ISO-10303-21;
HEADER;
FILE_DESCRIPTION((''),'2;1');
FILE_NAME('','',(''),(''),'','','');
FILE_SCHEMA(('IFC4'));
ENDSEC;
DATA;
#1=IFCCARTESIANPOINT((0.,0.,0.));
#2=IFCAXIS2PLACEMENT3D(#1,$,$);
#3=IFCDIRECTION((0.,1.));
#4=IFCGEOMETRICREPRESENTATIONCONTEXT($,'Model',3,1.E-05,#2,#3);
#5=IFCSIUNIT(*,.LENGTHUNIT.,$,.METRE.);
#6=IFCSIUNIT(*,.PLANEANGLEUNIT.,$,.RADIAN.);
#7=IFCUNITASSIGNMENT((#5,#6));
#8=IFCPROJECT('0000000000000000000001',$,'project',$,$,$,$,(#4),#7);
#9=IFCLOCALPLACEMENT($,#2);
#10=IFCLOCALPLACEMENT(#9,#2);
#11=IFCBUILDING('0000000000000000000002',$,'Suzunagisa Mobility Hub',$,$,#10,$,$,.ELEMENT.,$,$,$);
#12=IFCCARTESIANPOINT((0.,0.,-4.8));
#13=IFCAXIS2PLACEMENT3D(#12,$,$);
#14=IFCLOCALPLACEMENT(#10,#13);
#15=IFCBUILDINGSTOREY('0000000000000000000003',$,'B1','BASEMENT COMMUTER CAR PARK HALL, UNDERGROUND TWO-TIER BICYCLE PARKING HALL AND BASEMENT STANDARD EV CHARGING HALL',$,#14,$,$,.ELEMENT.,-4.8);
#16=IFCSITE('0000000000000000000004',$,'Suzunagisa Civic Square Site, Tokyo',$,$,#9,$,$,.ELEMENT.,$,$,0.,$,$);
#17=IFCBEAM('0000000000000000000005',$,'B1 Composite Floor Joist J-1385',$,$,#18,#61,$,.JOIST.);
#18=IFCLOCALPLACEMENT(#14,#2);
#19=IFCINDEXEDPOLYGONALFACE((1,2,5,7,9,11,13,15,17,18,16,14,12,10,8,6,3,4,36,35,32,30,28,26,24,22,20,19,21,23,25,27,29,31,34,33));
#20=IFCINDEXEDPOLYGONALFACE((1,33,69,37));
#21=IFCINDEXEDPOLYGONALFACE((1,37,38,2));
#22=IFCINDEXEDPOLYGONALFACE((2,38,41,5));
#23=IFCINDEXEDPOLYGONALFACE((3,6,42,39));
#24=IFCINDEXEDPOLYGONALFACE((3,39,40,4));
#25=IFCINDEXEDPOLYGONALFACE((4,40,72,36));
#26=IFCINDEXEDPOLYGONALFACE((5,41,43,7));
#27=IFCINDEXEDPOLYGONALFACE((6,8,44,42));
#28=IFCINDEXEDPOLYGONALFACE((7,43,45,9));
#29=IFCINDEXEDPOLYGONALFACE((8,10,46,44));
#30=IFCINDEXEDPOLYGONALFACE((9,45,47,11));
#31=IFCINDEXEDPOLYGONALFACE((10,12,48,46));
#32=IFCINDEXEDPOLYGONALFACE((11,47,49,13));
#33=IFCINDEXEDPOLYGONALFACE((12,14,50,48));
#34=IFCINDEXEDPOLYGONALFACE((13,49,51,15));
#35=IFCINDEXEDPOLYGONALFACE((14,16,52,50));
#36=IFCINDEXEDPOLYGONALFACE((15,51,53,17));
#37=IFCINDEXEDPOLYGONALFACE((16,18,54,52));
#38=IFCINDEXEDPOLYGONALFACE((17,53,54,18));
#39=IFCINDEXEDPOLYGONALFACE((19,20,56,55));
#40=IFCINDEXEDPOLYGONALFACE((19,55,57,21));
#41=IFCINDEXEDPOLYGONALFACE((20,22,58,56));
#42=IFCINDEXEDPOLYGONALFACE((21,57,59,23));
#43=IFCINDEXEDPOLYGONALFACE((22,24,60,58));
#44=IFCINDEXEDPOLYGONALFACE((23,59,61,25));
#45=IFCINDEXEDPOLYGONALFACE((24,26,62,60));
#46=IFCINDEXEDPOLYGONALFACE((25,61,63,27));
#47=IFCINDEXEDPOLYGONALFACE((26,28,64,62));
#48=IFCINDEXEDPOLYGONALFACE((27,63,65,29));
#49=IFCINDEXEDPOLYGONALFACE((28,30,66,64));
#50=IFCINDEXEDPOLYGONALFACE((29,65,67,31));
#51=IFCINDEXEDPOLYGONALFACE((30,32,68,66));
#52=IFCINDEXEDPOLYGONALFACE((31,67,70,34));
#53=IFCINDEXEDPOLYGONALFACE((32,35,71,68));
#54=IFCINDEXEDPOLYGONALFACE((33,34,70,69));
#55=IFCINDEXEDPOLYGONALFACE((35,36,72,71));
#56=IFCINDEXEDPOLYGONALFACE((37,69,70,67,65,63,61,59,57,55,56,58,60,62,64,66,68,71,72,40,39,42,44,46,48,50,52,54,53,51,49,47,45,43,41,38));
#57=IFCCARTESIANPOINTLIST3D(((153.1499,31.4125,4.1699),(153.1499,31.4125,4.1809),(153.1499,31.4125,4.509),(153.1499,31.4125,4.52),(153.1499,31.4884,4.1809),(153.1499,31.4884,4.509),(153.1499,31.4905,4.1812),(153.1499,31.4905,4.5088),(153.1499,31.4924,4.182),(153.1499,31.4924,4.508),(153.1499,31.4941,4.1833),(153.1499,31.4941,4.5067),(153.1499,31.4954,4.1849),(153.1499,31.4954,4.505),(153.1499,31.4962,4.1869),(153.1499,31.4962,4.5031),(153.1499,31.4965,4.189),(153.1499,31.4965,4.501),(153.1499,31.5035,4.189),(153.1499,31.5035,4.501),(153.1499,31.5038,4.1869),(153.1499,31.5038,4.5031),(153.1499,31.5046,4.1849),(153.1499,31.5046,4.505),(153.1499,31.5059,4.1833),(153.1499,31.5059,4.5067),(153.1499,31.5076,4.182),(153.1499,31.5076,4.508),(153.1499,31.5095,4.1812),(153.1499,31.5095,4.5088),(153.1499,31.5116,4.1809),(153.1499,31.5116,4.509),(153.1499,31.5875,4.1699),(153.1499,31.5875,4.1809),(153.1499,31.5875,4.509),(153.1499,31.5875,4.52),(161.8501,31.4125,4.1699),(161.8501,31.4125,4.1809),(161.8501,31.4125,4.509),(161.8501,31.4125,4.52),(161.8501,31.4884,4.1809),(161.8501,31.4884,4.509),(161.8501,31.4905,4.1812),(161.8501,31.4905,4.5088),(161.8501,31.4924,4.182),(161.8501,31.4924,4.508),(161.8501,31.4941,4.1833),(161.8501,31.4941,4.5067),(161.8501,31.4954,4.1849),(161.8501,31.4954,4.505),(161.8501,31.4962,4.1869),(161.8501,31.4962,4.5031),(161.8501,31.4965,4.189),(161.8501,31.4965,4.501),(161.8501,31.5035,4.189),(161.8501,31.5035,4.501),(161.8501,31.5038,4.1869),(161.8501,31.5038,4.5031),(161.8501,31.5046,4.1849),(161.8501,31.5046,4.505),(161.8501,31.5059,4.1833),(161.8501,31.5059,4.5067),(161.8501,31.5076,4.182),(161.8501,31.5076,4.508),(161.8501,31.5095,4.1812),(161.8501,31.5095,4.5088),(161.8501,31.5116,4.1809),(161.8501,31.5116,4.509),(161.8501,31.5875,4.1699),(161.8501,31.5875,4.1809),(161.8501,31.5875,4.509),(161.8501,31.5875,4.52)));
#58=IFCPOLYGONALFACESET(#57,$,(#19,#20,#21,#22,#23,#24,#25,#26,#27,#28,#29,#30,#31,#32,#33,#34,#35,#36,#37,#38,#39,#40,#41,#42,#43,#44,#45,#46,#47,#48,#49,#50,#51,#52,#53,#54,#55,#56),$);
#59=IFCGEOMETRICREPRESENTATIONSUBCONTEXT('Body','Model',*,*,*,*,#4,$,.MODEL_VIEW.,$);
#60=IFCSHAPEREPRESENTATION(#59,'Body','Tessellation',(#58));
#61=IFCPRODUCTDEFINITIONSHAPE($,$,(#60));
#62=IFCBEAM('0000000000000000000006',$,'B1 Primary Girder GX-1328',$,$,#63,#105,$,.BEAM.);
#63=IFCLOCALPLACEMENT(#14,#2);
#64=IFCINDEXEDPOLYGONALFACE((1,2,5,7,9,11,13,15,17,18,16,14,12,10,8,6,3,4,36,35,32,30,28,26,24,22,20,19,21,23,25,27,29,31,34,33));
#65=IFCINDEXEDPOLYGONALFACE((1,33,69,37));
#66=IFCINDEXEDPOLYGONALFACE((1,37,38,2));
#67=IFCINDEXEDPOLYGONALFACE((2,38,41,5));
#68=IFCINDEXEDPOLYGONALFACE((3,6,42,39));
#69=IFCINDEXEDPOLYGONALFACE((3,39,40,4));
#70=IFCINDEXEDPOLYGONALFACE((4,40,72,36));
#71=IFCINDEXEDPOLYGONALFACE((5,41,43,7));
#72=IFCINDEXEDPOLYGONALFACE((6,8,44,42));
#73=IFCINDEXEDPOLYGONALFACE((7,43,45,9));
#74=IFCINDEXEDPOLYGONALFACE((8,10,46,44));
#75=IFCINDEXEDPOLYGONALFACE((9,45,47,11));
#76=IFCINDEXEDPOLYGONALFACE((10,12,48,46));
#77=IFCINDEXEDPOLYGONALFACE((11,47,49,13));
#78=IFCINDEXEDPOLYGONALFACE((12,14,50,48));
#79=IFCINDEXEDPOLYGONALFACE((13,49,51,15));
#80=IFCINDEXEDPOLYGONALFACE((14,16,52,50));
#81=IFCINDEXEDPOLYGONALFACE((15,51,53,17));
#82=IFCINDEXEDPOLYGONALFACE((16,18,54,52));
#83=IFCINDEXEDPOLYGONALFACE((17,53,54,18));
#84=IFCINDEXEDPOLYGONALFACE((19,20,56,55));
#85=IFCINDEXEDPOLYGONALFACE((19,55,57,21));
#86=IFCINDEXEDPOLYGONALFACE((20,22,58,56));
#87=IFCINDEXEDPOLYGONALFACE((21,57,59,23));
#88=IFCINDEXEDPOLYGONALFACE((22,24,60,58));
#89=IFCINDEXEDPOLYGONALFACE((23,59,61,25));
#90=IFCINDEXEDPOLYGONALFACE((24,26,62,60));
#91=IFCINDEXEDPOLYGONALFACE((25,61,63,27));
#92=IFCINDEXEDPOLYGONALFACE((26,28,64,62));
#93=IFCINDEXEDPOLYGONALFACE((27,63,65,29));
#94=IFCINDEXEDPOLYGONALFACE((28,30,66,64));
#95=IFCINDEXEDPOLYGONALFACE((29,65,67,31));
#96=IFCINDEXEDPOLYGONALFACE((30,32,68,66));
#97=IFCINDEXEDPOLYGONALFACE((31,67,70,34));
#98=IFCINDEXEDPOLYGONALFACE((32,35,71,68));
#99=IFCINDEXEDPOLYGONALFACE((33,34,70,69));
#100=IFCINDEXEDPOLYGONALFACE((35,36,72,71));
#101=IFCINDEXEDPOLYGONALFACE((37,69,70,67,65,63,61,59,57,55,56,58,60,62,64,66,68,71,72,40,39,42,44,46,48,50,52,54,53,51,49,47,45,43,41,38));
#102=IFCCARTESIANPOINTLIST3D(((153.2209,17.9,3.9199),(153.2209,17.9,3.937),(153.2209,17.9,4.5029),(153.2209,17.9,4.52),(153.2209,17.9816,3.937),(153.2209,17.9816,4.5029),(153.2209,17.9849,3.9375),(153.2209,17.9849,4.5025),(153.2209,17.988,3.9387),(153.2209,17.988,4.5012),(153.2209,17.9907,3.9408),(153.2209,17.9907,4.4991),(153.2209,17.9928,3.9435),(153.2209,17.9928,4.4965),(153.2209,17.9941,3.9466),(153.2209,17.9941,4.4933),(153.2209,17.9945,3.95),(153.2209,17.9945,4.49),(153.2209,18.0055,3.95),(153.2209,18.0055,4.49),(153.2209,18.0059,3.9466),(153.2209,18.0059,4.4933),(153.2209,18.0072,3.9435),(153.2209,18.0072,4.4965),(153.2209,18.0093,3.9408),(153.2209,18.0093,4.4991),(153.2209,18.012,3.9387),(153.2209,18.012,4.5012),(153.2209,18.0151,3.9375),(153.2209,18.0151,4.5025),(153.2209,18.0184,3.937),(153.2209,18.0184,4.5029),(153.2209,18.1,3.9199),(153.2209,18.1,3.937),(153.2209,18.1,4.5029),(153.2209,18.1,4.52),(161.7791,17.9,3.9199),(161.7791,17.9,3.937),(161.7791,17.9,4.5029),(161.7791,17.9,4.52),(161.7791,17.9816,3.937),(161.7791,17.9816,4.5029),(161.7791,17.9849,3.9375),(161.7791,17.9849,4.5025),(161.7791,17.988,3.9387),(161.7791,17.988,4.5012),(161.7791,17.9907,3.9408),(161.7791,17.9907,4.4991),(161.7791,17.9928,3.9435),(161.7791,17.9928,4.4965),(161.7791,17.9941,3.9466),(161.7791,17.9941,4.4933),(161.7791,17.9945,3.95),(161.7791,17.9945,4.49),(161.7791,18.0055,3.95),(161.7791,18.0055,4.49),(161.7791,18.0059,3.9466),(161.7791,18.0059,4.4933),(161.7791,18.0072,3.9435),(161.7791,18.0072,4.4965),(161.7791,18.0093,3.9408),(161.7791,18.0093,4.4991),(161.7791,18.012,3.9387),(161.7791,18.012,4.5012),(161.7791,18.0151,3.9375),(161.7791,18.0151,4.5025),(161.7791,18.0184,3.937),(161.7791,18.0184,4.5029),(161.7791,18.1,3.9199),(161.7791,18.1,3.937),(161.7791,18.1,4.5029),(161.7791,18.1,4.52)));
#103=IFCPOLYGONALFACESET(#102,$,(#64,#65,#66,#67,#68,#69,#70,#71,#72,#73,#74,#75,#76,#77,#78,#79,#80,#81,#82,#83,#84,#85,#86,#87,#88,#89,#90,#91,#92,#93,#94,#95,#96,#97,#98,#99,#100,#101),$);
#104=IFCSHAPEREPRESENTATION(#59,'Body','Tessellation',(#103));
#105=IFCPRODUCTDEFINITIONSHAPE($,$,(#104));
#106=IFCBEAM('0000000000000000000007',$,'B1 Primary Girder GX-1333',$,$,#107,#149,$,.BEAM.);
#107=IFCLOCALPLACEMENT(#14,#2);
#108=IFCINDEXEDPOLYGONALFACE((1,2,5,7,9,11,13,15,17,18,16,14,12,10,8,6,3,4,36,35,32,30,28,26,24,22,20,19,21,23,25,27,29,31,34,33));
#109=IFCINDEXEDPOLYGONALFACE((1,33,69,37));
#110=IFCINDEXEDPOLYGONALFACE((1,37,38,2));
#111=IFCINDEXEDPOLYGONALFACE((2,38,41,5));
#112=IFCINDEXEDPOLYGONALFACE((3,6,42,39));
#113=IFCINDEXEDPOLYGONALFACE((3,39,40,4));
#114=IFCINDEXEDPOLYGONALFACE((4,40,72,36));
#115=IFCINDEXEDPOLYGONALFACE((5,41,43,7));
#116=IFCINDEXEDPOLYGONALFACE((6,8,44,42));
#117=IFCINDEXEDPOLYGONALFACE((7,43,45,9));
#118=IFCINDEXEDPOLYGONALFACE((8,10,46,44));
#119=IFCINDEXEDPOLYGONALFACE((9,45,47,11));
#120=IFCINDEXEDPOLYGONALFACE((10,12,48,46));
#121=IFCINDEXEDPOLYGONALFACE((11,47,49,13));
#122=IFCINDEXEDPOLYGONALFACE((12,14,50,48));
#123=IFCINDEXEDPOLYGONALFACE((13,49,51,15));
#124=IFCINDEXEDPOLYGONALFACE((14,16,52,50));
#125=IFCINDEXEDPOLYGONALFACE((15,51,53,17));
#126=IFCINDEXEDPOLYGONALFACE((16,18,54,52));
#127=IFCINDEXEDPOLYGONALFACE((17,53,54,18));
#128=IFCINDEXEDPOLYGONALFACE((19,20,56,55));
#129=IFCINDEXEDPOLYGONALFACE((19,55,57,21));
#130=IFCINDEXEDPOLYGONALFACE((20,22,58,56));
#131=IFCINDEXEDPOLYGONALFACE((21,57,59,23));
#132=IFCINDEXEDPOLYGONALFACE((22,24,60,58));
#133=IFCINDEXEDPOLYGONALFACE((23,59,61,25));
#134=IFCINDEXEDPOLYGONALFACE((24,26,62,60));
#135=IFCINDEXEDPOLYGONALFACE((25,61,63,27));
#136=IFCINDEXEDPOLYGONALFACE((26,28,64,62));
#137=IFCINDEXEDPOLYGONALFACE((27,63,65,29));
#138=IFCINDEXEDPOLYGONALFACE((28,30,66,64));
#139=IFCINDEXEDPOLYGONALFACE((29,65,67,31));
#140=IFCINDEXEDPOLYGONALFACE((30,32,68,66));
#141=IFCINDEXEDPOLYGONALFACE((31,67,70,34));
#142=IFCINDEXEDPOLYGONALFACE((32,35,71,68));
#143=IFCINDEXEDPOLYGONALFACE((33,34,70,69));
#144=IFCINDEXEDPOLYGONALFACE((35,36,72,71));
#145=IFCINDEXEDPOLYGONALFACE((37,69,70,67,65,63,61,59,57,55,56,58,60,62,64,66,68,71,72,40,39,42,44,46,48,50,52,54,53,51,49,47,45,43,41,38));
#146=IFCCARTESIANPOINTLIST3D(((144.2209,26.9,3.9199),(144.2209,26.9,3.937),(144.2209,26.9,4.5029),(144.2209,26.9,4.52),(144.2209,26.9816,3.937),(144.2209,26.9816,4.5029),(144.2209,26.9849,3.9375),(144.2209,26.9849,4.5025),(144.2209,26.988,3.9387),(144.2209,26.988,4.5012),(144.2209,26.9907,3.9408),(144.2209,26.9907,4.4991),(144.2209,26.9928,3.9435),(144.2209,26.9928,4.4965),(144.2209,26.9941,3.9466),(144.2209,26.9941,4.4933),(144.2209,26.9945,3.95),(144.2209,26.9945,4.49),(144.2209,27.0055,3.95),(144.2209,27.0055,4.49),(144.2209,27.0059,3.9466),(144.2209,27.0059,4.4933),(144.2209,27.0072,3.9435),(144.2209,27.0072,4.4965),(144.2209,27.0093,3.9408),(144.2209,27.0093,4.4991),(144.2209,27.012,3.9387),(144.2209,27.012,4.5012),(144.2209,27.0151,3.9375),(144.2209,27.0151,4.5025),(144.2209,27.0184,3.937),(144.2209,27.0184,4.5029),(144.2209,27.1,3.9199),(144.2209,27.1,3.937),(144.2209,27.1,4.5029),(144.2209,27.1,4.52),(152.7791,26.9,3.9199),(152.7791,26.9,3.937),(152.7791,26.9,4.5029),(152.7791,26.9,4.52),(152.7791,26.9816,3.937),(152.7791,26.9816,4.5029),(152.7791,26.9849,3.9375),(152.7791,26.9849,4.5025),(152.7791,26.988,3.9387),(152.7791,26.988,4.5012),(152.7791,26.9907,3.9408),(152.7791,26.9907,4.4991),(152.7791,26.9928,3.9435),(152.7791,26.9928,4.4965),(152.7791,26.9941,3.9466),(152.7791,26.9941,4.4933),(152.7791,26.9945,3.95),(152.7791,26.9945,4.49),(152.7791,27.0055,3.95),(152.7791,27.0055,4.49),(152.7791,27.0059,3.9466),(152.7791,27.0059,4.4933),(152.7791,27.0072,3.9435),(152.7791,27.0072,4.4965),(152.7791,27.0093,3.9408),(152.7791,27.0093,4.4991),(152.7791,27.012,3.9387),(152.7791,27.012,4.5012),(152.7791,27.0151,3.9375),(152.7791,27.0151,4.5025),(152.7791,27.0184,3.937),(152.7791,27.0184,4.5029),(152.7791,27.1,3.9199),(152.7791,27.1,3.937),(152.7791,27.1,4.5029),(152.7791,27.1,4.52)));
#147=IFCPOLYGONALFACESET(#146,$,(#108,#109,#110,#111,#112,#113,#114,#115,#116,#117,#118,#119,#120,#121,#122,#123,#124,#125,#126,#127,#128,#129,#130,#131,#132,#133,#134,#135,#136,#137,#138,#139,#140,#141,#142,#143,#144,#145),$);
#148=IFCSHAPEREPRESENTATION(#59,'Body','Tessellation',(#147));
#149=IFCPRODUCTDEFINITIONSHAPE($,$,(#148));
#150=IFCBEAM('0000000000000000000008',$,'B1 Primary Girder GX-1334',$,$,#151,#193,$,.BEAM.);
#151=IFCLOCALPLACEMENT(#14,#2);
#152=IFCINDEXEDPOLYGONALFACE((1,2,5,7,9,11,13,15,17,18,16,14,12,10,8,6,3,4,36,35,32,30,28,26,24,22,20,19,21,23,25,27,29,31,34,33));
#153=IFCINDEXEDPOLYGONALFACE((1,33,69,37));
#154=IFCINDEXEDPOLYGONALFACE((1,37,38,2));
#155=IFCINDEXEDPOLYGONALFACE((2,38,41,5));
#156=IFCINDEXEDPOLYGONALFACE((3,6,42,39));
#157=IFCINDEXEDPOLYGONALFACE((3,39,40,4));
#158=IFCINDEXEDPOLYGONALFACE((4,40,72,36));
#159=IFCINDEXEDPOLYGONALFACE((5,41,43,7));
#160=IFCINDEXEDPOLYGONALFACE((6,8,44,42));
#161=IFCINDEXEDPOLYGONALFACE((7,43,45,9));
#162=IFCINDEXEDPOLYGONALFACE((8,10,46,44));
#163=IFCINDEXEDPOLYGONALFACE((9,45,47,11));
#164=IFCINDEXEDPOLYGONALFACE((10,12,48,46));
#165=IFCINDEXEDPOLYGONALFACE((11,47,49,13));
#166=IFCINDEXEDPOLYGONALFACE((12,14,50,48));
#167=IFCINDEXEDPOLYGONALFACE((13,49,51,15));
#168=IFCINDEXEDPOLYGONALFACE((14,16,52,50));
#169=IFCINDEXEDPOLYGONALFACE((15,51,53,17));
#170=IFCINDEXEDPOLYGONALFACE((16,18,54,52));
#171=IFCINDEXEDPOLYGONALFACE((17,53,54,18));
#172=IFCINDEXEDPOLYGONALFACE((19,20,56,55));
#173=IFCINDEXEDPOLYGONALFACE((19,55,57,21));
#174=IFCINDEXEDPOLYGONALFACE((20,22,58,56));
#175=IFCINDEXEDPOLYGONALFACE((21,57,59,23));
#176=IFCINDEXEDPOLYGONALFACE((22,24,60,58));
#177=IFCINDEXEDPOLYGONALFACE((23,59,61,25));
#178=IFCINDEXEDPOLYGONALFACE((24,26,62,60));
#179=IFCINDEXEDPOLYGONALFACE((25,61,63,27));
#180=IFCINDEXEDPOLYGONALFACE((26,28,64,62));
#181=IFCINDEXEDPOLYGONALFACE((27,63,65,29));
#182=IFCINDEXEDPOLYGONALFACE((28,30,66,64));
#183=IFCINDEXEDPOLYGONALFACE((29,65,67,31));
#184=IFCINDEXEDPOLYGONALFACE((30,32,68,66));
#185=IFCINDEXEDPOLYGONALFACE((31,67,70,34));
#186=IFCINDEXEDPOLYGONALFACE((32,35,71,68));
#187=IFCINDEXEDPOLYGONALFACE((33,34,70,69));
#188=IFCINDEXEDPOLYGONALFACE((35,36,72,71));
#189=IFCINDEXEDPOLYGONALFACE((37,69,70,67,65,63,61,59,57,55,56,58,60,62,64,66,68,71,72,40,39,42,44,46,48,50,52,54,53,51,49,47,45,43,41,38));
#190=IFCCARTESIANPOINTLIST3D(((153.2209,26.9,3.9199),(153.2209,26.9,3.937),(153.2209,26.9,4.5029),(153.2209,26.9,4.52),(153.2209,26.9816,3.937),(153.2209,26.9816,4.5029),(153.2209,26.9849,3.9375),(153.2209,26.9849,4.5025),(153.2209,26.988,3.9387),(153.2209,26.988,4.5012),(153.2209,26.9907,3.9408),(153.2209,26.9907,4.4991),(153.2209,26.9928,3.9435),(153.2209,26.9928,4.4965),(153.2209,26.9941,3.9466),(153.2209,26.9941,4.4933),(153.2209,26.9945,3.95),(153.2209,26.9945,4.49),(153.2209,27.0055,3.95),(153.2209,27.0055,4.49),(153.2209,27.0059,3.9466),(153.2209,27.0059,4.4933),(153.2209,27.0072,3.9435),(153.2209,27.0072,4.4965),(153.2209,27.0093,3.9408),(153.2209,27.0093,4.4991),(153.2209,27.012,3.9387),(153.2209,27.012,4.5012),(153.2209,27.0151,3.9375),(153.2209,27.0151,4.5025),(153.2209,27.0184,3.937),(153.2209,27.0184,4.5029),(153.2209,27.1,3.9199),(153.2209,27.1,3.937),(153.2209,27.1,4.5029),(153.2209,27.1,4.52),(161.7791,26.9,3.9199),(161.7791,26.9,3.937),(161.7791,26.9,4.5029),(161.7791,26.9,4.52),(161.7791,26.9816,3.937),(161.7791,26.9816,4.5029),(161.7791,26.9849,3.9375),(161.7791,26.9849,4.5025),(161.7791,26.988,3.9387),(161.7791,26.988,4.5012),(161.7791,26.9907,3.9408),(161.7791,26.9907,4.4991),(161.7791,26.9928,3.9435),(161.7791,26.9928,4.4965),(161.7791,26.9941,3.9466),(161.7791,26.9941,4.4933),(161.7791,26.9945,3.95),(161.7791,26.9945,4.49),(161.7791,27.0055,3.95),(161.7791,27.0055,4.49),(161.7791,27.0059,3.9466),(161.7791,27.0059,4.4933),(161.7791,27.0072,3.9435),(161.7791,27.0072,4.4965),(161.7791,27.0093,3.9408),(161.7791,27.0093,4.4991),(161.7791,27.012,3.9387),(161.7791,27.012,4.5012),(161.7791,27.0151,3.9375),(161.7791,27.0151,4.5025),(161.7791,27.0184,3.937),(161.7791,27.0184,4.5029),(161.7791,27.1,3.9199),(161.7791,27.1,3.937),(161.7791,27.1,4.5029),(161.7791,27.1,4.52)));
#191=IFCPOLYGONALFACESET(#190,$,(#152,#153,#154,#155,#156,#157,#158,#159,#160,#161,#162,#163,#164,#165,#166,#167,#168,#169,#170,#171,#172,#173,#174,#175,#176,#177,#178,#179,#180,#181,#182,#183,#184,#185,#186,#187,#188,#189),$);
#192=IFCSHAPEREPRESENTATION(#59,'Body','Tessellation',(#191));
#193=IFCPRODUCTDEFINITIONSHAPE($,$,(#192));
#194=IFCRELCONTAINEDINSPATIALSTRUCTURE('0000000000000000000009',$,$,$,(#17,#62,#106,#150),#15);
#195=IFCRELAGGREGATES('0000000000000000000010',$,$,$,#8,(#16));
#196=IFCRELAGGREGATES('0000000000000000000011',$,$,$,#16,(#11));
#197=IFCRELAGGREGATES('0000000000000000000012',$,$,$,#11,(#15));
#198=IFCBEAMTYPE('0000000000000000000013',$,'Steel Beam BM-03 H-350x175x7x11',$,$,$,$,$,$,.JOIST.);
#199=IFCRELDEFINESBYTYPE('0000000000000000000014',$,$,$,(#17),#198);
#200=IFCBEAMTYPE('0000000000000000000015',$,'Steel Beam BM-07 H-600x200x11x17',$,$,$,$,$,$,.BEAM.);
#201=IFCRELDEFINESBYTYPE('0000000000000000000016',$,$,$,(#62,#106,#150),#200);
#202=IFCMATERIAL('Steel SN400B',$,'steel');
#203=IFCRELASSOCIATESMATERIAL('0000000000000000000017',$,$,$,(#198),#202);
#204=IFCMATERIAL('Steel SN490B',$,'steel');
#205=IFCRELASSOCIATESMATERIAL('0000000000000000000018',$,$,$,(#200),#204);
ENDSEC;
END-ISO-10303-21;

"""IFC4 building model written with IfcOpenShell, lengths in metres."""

from ifc_helpers import new_model, si_unit, direction, frame, origin, origin_2d, place, context, subcontext, project, spatial, i_section, extrude, material, material_profile, profile_set, type_object, element, save


model = new_model("IFC4")

# Units and contexts
model_context = context("Model", 3, precision=1e-05, world=origin(), true_north=direction((0.0, 1.0)))
body_context = subcontext(model_context, "Body", "Model", "MODEL_VIEW")
ifc_project = project(units=[si_unit("LENGTHUNIT", "METRE"), si_unit("PLANEANGLEUNIT", "RADIAN")], contexts=[model_context])

# Site, building, storey
site_placement = place(None, origin())
site = spatial("IfcSite", under=ifc_project, at=site_placement, Name="Suzunagisa Civic Square Site, Tokyo", CompositionType="ELEMENT", RefElevation=0.0)
building_placement = place(site_placement, origin())
building = spatial("IfcBuilding", under=site, at=building_placement, Name="Suzunagisa Mobility Hub", CompositionType="ELEMENT")
storey_placement = place(building_placement, frame((0.0, 0.0, -4.8)))
storey = spatial("IfcBuildingStorey", under=building, at=storey_placement, Name="B1", Description="BASEMENT COMMUTER CAR PARK HALL, UNDERGROUND TWO-TIER BICYCLE PARKING HALL AND BASEMENT STANDARD EV CHARGING HALL", CompositionType="ELEMENT", Elevation=-4.8)

# Shared definitions
ifc_material_1 = material(Name="Steel SN490B", Category="steel")

# Beams
ifc_material_2 = material(Name="Steel SN400B", Category="steel")
ifc_material_profile_1 = material_profile(ifc_material_2, i_section(OverallWidth=0.175, OverallDepth=0.3501, WebThickness=0.0071, FlangeThickness=0.011, FilletRadius=0.0081, at=origin_2d()), Name="H-350x175x7x11")
ifc_profile_set_1 = profile_set([ifc_material_profile_1], Name="Steel SN400B")
beam_type_1 = type_object("IfcBeamType", Name="Steel Beam BM-03 H-350x175x7x11", PredefinedType="JOIST", material=ifc_profile_set_1)
for number, where, z_axis, x_axis, name in (
    (1, (153.1499, 31.5, 4.345), (1.0, 0.0, 0.0), (0.0, 1.0, 0.0), "B1 Composite Floor Joist J-1385"),
):
    element("IfcBeam", number, at=place(storey_placement, frame(where, z_axis=z_axis, x_axis=x_axis)), inside=storey, type_object=beam_type_1, Name=name, PredefinedType="JOIST", context=body_context, shape_type="SweptSolid", body=[
        extrude(i_section(OverallWidth=0.175, OverallDepth=0.3501, WebThickness=0.0071, FlangeThickness=0.011, FilletRadius=0.0081, at=origin_2d()), origin(), (0.0, 0.0, 1.0), 8.7002),
    ])
ifc_material_profile_2 = material_profile(ifc_material_1, i_section(OverallWidth=0.2, OverallDepth=0.6001, WebThickness=0.011, FlangeThickness=0.0171, FilletRadius=0.0129, at=origin_2d()), Name="H-600x200x11x17")
ifc_profile_set_2 = profile_set([ifc_material_profile_2], Name="Steel SN490B")
beam_type_2 = type_object("IfcBeamType", Name="Steel Beam BM-07 H-600x200x11x17", PredefinedType="BEAM", material=ifc_profile_set_2)
for number, where, z_axis, x_axis, name in (
    (2, (153.2209, 18.0, 4.22), (1.0, 0.0, 0.0), (0.0, 1.0, 0.0), "B1 Primary Girder GX-1328"),
    (3, (144.2209, 27.0, 4.22), (1.0, 0.0, 0.0), (0.0, 1.0, 0.0), "B1 Primary Girder GX-1333"),
    (4, (153.2209, 27.0, 4.22), (1.0, 0.0, 0.0), (0.0, 1.0, 0.0), "B1 Primary Girder GX-1334"),
):
    element("IfcBeam", number, at=place(storey_placement, frame(where, z_axis=z_axis, x_axis=x_axis)), inside=storey, type_object=beam_type_2, Name=name, PredefinedType="BEAM", context=body_context, shape_type="SweptSolid", body=[
        extrude(i_section(OverallWidth=0.2, OverallDepth=0.6001, WebThickness=0.011, FlangeThickness=0.0171, FilletRadius=0.0129, at=origin_2d()), origin(), (0.0, 0.0, 1.0), 8.5581),
    ])

save(model, "model.ifc")
